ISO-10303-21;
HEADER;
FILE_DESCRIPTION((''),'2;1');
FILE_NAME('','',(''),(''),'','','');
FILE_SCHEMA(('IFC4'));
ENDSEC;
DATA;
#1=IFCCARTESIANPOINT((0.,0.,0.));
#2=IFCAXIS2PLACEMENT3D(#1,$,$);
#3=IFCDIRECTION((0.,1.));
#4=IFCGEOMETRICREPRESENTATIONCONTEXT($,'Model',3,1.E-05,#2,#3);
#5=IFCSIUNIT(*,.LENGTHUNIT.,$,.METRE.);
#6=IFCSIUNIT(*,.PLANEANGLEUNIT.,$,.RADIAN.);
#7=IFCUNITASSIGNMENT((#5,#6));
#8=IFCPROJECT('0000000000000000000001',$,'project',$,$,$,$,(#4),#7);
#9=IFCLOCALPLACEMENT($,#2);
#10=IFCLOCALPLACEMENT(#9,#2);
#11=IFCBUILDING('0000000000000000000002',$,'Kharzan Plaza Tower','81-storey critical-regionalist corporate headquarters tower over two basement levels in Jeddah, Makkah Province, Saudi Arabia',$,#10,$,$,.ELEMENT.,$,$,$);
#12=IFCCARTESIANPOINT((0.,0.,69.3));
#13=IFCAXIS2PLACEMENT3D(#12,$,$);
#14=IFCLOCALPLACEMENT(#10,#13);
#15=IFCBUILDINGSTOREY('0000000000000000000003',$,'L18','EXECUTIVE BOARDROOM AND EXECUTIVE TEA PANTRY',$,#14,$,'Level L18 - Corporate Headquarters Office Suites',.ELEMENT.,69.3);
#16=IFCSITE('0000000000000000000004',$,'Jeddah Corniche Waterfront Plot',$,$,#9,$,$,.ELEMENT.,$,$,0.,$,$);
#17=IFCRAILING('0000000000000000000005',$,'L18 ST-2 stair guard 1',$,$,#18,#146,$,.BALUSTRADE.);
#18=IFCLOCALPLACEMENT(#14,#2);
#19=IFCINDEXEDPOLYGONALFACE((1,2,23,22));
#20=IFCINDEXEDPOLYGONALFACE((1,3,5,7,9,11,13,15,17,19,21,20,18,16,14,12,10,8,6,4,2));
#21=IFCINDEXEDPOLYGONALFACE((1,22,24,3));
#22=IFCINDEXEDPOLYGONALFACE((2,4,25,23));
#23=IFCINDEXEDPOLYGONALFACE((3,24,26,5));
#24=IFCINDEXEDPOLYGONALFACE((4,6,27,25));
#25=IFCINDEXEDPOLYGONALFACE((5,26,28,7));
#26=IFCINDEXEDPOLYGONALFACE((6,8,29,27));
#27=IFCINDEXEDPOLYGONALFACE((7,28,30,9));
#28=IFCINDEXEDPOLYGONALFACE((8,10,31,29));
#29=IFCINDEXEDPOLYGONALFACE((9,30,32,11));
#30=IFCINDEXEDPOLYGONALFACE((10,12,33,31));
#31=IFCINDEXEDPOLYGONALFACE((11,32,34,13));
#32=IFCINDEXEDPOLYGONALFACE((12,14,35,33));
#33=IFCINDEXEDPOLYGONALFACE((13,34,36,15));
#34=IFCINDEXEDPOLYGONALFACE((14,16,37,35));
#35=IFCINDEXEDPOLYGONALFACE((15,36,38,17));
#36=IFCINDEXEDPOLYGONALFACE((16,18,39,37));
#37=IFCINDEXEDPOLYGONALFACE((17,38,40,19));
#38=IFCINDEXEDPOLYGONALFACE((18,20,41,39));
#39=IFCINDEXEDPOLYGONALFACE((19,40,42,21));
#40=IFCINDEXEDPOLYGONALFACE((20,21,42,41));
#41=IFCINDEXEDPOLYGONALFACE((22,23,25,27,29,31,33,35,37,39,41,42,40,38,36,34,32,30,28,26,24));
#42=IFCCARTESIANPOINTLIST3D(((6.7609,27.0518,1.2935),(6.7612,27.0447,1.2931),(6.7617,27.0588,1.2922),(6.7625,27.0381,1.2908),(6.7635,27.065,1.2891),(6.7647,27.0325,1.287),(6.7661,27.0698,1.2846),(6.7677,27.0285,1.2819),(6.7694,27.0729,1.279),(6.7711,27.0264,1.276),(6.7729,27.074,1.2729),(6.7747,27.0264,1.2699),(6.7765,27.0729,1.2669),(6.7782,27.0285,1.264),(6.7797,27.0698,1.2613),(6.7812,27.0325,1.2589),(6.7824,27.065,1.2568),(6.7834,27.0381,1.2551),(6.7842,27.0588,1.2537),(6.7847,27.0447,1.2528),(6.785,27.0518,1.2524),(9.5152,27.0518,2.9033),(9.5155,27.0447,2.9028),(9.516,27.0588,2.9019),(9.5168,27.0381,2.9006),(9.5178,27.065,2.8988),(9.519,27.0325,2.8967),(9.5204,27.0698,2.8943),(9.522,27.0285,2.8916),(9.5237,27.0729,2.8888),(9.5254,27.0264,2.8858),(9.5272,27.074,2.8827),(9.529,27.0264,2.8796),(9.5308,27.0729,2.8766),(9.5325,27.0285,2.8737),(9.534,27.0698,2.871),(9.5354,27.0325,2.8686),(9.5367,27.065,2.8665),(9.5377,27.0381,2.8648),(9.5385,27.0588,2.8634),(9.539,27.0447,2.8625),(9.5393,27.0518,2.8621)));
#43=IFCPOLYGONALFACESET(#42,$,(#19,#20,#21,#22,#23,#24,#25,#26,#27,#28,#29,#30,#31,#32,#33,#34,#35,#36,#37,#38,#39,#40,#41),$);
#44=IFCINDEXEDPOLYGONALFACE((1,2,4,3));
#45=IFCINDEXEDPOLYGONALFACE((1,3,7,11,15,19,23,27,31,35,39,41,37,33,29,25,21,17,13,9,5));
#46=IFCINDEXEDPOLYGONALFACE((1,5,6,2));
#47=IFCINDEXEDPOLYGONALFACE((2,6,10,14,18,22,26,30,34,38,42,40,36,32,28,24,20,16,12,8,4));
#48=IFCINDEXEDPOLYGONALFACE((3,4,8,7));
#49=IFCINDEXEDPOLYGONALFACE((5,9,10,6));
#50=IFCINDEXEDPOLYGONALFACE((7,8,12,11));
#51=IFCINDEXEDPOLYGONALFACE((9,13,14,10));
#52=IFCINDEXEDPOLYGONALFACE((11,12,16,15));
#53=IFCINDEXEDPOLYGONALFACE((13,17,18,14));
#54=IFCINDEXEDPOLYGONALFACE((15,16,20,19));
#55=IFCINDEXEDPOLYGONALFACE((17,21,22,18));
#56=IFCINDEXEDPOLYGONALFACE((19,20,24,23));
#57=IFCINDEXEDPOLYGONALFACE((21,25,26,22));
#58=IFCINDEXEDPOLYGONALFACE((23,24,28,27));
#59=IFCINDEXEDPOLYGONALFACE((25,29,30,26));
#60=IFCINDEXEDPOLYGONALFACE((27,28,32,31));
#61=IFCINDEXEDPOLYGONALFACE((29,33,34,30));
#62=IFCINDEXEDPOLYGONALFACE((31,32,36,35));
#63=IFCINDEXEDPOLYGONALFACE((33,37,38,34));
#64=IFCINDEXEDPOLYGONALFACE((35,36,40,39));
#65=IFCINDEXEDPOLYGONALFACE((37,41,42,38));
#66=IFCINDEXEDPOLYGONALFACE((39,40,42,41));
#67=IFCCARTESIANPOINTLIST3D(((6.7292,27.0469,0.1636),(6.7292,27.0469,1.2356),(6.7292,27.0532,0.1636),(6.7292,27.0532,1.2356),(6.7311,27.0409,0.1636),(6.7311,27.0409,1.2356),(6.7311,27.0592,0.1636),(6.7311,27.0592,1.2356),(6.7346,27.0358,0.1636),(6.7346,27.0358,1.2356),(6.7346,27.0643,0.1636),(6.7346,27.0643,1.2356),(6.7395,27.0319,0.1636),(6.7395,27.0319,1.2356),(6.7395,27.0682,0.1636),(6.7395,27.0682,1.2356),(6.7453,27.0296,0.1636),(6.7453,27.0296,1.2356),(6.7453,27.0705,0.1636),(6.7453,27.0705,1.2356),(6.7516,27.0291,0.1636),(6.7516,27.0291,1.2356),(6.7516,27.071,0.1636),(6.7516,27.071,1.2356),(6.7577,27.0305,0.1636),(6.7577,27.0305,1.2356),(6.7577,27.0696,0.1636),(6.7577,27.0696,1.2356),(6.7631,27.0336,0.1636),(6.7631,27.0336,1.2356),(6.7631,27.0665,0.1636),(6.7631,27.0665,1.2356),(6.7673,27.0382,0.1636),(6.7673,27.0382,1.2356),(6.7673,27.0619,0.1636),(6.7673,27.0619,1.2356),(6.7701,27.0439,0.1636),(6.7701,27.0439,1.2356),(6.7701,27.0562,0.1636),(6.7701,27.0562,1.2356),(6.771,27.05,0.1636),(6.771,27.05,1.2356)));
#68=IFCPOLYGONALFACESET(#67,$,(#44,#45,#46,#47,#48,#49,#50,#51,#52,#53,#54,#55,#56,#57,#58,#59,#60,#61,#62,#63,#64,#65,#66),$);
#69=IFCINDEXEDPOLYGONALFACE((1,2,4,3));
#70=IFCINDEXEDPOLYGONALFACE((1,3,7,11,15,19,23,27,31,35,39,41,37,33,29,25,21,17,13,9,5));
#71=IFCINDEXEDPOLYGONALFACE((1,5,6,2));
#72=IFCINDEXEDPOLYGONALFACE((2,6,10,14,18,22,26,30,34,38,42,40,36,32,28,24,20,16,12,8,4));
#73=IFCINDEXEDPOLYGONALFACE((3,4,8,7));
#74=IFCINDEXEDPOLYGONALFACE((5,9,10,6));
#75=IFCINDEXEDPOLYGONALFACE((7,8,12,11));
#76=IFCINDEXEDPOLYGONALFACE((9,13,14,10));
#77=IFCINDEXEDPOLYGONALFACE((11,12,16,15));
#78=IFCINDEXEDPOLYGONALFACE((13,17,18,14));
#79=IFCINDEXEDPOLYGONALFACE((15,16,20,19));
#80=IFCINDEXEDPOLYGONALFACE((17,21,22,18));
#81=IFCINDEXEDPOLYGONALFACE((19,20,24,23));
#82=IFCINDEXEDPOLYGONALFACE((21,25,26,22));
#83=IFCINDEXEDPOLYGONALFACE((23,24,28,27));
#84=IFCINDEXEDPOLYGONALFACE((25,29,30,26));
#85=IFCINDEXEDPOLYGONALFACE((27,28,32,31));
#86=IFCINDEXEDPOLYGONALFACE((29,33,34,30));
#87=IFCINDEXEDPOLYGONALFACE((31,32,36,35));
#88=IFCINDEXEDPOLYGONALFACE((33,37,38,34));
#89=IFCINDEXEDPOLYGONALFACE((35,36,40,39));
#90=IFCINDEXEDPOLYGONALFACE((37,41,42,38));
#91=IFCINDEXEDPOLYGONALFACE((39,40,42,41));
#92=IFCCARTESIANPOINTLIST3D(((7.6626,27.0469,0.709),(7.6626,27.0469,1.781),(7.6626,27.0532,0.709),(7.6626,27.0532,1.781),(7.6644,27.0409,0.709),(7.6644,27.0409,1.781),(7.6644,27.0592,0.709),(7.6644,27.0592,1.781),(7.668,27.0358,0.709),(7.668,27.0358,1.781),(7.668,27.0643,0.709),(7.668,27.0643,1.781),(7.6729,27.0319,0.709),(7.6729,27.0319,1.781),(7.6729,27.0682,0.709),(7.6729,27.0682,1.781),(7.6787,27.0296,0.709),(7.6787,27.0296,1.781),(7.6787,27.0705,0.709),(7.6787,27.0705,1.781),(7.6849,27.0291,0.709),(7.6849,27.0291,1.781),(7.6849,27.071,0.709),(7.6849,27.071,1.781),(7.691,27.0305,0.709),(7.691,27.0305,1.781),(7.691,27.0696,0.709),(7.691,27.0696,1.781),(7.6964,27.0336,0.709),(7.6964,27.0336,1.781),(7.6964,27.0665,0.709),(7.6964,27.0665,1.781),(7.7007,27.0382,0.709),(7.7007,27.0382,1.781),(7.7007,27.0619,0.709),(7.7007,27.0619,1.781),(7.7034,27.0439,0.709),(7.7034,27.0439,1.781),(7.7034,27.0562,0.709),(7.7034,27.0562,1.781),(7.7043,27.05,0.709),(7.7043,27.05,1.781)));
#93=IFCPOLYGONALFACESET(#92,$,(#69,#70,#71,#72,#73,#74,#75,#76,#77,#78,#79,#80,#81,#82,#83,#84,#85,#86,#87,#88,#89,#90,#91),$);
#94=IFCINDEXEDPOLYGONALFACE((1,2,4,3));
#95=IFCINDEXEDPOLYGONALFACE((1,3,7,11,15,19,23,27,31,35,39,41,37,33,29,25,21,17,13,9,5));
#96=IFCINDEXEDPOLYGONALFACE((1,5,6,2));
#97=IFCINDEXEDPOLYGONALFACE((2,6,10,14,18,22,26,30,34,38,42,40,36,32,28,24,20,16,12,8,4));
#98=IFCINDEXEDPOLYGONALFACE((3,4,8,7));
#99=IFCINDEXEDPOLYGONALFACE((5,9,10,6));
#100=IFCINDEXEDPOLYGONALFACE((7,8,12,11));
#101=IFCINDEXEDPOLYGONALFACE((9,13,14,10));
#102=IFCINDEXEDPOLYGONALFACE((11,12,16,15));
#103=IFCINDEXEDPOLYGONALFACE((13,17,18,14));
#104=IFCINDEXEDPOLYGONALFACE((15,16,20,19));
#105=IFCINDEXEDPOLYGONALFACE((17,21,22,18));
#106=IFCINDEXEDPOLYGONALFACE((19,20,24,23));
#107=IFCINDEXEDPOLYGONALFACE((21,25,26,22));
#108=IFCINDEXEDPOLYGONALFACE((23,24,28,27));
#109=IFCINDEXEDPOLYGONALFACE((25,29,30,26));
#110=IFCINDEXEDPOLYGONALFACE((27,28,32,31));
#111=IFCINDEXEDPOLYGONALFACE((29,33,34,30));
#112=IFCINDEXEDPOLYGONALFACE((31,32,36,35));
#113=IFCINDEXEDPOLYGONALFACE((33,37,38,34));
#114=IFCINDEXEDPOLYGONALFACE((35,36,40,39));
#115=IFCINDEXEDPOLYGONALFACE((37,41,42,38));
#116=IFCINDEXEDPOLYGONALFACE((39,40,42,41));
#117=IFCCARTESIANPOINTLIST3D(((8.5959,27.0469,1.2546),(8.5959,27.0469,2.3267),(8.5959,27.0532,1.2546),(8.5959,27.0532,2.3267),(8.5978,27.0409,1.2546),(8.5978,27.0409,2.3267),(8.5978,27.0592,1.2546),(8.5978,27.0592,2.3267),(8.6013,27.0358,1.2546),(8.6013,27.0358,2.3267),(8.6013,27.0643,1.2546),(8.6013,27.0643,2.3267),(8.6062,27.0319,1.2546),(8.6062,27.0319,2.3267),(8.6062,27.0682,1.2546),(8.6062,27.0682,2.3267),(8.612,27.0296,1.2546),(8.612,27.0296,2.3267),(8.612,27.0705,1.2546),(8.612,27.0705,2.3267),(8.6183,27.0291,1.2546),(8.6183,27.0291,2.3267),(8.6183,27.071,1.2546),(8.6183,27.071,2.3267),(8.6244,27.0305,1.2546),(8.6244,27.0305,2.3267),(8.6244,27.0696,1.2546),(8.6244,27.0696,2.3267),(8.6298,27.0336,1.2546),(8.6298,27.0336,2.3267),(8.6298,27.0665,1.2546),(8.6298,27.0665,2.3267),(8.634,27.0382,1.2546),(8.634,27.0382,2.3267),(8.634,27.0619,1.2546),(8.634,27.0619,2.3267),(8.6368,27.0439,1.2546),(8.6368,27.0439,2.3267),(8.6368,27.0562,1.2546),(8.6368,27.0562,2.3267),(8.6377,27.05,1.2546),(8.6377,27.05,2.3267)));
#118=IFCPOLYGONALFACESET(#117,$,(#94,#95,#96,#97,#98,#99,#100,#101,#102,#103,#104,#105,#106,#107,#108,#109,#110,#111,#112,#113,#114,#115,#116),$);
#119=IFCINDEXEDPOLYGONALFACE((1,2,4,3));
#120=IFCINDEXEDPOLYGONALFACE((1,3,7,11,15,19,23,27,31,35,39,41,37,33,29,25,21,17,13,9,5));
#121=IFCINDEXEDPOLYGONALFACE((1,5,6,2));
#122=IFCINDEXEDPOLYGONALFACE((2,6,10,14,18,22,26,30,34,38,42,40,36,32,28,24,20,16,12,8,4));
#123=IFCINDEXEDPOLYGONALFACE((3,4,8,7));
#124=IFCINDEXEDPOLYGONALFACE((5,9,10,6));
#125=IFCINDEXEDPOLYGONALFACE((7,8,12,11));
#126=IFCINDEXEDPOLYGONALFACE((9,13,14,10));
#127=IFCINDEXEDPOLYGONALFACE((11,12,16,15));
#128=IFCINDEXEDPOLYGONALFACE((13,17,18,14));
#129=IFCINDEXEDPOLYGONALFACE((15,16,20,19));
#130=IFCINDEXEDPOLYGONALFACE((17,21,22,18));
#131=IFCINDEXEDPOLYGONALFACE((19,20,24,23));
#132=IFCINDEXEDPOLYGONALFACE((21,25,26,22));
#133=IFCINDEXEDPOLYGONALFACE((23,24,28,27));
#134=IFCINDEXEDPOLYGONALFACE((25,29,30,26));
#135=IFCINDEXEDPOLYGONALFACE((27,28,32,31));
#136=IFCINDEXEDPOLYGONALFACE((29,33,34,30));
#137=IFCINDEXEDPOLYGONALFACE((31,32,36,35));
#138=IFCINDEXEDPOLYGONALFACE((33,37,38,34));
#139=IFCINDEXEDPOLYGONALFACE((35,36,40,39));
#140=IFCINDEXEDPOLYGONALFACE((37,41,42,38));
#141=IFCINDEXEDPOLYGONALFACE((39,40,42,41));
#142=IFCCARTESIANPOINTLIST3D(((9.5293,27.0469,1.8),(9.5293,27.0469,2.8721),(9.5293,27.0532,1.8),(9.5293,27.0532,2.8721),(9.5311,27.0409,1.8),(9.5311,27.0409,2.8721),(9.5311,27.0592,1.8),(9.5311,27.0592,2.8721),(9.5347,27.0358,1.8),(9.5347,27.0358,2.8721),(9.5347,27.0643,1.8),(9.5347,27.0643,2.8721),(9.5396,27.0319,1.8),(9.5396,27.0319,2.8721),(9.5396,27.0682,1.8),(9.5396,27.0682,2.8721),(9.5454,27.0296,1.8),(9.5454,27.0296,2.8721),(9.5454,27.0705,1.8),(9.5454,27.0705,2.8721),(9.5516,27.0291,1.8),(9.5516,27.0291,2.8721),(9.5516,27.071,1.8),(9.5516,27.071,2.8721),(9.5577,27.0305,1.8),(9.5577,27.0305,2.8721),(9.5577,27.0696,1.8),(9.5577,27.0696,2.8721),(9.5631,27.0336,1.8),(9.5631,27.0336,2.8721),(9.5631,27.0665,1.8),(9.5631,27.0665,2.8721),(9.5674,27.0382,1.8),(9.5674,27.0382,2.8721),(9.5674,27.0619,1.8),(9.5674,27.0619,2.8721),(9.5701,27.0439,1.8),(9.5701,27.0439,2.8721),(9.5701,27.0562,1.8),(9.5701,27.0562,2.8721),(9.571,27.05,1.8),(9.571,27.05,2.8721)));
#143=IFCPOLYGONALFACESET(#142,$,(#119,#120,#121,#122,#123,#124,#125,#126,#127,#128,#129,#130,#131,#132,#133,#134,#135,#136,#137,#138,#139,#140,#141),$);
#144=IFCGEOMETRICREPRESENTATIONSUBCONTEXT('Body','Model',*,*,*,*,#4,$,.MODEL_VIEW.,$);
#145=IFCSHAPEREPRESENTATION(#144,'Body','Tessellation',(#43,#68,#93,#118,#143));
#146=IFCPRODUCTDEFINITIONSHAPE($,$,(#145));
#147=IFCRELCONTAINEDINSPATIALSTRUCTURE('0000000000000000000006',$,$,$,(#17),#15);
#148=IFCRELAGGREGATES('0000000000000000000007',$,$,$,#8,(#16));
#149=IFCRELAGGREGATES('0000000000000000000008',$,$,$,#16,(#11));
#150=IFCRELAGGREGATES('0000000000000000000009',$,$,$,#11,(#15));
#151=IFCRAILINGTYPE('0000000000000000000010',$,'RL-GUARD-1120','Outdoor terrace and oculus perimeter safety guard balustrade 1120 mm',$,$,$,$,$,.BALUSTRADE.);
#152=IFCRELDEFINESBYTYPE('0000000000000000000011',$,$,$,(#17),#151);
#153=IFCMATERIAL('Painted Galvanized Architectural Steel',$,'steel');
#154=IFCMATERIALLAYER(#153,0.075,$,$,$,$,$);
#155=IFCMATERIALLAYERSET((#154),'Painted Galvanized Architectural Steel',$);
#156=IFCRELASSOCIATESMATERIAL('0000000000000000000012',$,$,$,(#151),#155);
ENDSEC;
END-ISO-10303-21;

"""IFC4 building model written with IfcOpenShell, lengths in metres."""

from ifc_helpers import new_model, si_unit, direction, frame, origin, origin_2d, place, context, subcontext, project, spatial, circle, extrude, source, transform, mapped, material, layer, layer_set, type_object, element, save


model = new_model("IFC4")

# Units and contexts
model_context = context("Model", 3, precision=1e-05, world=origin(), true_north=direction((0.0, 1.0)))
body_context = subcontext(model_context, "Body", "Model", "MODEL_VIEW")
ifc_project = project(units=[si_unit("LENGTHUNIT", "METRE"), si_unit("PLANEANGLEUNIT", "RADIAN")], contexts=[model_context])

# Site, building, storey
site_placement = place(None, origin())
site = spatial("IfcSite", under=ifc_project, at=site_placement, Name="Jeddah Corniche Waterfront Plot", CompositionType="ELEMENT", RefElevation=0.0)
building_placement = place(site_placement, origin())
building = spatial("IfcBuilding", under=site, at=building_placement, Name="Kharzan Plaza Tower", Description="81-storey critical-regionalist corporate headquarters tower over two basement levels in Jeddah, Makkah Province, Saudi Arabia", CompositionType="ELEMENT")
storey_placement = place(building_placement, frame((0.0, 0.0, 69.3)))
storey = spatial("IfcBuildingStorey", under=building, at=storey_placement, Name="L18", Description="EXECUTIVE BOARDROOM AND EXECUTIVE TEA PANTRY", LongName="Level L18 - Corporate Headquarters Office Suites", CompositionType="ELEMENT", Elevation=69.3)

# Railing
ifc_material_1 = material(Name="Painted Galvanized Architectural Steel", Category="steel")
ifc_layer_1 = layer(ifc_material_1, 0.075)
ifc_layer_set_1 = layer_set([ifc_layer_1], Name="Painted Galvanized Architectural Steel")
railing_type_1 = type_object("IfcRailingType", Name="RL-GUARD-1120", Description="Outdoor terrace and oculus perimeter safety guard balustrade 1120 mm", PredefinedType="BALUSTRADE", material=ifc_layer_set_1)
shared_shape_1 = source(origin(), body_context, "Body", "SweptSolid", [
    extrude(circle(Radius=0.0239, at=origin_2d()), frame((0.0229, 0.0, 1.1094), z_axis=(0.863361, 0.0, 0.504587), x_axis=(0.0, 1.0, 0.0)), (0.0, 0.0, 1.0), 3.1902),
    extrude(circle(Radius=0.021, at=origin_2d()), origin(), (0.0, 0.0, 1.0), 1.072),
    extrude(circle(Radius=0.021, at=origin_2d()), frame((0.9333, 0.0, 0.5454)), (0.0, 0.0, 1.0), 1.072),
    extrude(circle(Radius=0.021, at=origin_2d()), frame((1.8667, 0.0, 1.0911)), (0.0, 0.0, 1.0), 1.072),
    extrude(circle(Radius=0.021, at=origin_2d()), frame((2.8, 0.0, 1.6365)), (0.0, 0.0, 1.0), 1.072),
])
railing_1_placement = place(storey_placement, frame((6.75, 27.05, 0.1636)))
element("IfcRailing", 1, at=railing_1_placement, inside=storey, type_object=railing_type_1, Name="L18 ST-2 stair guard 1", PredefinedType="BALUSTRADE", context=body_context, shape_type="MappedRepresentation", body=[
    mapped(shared_shape_1, transform((0.0, 0.0, 0.0), x_axis=(1.0, 0.0, 0.0), y_axis=(0.0, 1.0, 0.0), z_axis=(0.0, 0.0, 1.0))),
])

save(model, "model.ifc")
